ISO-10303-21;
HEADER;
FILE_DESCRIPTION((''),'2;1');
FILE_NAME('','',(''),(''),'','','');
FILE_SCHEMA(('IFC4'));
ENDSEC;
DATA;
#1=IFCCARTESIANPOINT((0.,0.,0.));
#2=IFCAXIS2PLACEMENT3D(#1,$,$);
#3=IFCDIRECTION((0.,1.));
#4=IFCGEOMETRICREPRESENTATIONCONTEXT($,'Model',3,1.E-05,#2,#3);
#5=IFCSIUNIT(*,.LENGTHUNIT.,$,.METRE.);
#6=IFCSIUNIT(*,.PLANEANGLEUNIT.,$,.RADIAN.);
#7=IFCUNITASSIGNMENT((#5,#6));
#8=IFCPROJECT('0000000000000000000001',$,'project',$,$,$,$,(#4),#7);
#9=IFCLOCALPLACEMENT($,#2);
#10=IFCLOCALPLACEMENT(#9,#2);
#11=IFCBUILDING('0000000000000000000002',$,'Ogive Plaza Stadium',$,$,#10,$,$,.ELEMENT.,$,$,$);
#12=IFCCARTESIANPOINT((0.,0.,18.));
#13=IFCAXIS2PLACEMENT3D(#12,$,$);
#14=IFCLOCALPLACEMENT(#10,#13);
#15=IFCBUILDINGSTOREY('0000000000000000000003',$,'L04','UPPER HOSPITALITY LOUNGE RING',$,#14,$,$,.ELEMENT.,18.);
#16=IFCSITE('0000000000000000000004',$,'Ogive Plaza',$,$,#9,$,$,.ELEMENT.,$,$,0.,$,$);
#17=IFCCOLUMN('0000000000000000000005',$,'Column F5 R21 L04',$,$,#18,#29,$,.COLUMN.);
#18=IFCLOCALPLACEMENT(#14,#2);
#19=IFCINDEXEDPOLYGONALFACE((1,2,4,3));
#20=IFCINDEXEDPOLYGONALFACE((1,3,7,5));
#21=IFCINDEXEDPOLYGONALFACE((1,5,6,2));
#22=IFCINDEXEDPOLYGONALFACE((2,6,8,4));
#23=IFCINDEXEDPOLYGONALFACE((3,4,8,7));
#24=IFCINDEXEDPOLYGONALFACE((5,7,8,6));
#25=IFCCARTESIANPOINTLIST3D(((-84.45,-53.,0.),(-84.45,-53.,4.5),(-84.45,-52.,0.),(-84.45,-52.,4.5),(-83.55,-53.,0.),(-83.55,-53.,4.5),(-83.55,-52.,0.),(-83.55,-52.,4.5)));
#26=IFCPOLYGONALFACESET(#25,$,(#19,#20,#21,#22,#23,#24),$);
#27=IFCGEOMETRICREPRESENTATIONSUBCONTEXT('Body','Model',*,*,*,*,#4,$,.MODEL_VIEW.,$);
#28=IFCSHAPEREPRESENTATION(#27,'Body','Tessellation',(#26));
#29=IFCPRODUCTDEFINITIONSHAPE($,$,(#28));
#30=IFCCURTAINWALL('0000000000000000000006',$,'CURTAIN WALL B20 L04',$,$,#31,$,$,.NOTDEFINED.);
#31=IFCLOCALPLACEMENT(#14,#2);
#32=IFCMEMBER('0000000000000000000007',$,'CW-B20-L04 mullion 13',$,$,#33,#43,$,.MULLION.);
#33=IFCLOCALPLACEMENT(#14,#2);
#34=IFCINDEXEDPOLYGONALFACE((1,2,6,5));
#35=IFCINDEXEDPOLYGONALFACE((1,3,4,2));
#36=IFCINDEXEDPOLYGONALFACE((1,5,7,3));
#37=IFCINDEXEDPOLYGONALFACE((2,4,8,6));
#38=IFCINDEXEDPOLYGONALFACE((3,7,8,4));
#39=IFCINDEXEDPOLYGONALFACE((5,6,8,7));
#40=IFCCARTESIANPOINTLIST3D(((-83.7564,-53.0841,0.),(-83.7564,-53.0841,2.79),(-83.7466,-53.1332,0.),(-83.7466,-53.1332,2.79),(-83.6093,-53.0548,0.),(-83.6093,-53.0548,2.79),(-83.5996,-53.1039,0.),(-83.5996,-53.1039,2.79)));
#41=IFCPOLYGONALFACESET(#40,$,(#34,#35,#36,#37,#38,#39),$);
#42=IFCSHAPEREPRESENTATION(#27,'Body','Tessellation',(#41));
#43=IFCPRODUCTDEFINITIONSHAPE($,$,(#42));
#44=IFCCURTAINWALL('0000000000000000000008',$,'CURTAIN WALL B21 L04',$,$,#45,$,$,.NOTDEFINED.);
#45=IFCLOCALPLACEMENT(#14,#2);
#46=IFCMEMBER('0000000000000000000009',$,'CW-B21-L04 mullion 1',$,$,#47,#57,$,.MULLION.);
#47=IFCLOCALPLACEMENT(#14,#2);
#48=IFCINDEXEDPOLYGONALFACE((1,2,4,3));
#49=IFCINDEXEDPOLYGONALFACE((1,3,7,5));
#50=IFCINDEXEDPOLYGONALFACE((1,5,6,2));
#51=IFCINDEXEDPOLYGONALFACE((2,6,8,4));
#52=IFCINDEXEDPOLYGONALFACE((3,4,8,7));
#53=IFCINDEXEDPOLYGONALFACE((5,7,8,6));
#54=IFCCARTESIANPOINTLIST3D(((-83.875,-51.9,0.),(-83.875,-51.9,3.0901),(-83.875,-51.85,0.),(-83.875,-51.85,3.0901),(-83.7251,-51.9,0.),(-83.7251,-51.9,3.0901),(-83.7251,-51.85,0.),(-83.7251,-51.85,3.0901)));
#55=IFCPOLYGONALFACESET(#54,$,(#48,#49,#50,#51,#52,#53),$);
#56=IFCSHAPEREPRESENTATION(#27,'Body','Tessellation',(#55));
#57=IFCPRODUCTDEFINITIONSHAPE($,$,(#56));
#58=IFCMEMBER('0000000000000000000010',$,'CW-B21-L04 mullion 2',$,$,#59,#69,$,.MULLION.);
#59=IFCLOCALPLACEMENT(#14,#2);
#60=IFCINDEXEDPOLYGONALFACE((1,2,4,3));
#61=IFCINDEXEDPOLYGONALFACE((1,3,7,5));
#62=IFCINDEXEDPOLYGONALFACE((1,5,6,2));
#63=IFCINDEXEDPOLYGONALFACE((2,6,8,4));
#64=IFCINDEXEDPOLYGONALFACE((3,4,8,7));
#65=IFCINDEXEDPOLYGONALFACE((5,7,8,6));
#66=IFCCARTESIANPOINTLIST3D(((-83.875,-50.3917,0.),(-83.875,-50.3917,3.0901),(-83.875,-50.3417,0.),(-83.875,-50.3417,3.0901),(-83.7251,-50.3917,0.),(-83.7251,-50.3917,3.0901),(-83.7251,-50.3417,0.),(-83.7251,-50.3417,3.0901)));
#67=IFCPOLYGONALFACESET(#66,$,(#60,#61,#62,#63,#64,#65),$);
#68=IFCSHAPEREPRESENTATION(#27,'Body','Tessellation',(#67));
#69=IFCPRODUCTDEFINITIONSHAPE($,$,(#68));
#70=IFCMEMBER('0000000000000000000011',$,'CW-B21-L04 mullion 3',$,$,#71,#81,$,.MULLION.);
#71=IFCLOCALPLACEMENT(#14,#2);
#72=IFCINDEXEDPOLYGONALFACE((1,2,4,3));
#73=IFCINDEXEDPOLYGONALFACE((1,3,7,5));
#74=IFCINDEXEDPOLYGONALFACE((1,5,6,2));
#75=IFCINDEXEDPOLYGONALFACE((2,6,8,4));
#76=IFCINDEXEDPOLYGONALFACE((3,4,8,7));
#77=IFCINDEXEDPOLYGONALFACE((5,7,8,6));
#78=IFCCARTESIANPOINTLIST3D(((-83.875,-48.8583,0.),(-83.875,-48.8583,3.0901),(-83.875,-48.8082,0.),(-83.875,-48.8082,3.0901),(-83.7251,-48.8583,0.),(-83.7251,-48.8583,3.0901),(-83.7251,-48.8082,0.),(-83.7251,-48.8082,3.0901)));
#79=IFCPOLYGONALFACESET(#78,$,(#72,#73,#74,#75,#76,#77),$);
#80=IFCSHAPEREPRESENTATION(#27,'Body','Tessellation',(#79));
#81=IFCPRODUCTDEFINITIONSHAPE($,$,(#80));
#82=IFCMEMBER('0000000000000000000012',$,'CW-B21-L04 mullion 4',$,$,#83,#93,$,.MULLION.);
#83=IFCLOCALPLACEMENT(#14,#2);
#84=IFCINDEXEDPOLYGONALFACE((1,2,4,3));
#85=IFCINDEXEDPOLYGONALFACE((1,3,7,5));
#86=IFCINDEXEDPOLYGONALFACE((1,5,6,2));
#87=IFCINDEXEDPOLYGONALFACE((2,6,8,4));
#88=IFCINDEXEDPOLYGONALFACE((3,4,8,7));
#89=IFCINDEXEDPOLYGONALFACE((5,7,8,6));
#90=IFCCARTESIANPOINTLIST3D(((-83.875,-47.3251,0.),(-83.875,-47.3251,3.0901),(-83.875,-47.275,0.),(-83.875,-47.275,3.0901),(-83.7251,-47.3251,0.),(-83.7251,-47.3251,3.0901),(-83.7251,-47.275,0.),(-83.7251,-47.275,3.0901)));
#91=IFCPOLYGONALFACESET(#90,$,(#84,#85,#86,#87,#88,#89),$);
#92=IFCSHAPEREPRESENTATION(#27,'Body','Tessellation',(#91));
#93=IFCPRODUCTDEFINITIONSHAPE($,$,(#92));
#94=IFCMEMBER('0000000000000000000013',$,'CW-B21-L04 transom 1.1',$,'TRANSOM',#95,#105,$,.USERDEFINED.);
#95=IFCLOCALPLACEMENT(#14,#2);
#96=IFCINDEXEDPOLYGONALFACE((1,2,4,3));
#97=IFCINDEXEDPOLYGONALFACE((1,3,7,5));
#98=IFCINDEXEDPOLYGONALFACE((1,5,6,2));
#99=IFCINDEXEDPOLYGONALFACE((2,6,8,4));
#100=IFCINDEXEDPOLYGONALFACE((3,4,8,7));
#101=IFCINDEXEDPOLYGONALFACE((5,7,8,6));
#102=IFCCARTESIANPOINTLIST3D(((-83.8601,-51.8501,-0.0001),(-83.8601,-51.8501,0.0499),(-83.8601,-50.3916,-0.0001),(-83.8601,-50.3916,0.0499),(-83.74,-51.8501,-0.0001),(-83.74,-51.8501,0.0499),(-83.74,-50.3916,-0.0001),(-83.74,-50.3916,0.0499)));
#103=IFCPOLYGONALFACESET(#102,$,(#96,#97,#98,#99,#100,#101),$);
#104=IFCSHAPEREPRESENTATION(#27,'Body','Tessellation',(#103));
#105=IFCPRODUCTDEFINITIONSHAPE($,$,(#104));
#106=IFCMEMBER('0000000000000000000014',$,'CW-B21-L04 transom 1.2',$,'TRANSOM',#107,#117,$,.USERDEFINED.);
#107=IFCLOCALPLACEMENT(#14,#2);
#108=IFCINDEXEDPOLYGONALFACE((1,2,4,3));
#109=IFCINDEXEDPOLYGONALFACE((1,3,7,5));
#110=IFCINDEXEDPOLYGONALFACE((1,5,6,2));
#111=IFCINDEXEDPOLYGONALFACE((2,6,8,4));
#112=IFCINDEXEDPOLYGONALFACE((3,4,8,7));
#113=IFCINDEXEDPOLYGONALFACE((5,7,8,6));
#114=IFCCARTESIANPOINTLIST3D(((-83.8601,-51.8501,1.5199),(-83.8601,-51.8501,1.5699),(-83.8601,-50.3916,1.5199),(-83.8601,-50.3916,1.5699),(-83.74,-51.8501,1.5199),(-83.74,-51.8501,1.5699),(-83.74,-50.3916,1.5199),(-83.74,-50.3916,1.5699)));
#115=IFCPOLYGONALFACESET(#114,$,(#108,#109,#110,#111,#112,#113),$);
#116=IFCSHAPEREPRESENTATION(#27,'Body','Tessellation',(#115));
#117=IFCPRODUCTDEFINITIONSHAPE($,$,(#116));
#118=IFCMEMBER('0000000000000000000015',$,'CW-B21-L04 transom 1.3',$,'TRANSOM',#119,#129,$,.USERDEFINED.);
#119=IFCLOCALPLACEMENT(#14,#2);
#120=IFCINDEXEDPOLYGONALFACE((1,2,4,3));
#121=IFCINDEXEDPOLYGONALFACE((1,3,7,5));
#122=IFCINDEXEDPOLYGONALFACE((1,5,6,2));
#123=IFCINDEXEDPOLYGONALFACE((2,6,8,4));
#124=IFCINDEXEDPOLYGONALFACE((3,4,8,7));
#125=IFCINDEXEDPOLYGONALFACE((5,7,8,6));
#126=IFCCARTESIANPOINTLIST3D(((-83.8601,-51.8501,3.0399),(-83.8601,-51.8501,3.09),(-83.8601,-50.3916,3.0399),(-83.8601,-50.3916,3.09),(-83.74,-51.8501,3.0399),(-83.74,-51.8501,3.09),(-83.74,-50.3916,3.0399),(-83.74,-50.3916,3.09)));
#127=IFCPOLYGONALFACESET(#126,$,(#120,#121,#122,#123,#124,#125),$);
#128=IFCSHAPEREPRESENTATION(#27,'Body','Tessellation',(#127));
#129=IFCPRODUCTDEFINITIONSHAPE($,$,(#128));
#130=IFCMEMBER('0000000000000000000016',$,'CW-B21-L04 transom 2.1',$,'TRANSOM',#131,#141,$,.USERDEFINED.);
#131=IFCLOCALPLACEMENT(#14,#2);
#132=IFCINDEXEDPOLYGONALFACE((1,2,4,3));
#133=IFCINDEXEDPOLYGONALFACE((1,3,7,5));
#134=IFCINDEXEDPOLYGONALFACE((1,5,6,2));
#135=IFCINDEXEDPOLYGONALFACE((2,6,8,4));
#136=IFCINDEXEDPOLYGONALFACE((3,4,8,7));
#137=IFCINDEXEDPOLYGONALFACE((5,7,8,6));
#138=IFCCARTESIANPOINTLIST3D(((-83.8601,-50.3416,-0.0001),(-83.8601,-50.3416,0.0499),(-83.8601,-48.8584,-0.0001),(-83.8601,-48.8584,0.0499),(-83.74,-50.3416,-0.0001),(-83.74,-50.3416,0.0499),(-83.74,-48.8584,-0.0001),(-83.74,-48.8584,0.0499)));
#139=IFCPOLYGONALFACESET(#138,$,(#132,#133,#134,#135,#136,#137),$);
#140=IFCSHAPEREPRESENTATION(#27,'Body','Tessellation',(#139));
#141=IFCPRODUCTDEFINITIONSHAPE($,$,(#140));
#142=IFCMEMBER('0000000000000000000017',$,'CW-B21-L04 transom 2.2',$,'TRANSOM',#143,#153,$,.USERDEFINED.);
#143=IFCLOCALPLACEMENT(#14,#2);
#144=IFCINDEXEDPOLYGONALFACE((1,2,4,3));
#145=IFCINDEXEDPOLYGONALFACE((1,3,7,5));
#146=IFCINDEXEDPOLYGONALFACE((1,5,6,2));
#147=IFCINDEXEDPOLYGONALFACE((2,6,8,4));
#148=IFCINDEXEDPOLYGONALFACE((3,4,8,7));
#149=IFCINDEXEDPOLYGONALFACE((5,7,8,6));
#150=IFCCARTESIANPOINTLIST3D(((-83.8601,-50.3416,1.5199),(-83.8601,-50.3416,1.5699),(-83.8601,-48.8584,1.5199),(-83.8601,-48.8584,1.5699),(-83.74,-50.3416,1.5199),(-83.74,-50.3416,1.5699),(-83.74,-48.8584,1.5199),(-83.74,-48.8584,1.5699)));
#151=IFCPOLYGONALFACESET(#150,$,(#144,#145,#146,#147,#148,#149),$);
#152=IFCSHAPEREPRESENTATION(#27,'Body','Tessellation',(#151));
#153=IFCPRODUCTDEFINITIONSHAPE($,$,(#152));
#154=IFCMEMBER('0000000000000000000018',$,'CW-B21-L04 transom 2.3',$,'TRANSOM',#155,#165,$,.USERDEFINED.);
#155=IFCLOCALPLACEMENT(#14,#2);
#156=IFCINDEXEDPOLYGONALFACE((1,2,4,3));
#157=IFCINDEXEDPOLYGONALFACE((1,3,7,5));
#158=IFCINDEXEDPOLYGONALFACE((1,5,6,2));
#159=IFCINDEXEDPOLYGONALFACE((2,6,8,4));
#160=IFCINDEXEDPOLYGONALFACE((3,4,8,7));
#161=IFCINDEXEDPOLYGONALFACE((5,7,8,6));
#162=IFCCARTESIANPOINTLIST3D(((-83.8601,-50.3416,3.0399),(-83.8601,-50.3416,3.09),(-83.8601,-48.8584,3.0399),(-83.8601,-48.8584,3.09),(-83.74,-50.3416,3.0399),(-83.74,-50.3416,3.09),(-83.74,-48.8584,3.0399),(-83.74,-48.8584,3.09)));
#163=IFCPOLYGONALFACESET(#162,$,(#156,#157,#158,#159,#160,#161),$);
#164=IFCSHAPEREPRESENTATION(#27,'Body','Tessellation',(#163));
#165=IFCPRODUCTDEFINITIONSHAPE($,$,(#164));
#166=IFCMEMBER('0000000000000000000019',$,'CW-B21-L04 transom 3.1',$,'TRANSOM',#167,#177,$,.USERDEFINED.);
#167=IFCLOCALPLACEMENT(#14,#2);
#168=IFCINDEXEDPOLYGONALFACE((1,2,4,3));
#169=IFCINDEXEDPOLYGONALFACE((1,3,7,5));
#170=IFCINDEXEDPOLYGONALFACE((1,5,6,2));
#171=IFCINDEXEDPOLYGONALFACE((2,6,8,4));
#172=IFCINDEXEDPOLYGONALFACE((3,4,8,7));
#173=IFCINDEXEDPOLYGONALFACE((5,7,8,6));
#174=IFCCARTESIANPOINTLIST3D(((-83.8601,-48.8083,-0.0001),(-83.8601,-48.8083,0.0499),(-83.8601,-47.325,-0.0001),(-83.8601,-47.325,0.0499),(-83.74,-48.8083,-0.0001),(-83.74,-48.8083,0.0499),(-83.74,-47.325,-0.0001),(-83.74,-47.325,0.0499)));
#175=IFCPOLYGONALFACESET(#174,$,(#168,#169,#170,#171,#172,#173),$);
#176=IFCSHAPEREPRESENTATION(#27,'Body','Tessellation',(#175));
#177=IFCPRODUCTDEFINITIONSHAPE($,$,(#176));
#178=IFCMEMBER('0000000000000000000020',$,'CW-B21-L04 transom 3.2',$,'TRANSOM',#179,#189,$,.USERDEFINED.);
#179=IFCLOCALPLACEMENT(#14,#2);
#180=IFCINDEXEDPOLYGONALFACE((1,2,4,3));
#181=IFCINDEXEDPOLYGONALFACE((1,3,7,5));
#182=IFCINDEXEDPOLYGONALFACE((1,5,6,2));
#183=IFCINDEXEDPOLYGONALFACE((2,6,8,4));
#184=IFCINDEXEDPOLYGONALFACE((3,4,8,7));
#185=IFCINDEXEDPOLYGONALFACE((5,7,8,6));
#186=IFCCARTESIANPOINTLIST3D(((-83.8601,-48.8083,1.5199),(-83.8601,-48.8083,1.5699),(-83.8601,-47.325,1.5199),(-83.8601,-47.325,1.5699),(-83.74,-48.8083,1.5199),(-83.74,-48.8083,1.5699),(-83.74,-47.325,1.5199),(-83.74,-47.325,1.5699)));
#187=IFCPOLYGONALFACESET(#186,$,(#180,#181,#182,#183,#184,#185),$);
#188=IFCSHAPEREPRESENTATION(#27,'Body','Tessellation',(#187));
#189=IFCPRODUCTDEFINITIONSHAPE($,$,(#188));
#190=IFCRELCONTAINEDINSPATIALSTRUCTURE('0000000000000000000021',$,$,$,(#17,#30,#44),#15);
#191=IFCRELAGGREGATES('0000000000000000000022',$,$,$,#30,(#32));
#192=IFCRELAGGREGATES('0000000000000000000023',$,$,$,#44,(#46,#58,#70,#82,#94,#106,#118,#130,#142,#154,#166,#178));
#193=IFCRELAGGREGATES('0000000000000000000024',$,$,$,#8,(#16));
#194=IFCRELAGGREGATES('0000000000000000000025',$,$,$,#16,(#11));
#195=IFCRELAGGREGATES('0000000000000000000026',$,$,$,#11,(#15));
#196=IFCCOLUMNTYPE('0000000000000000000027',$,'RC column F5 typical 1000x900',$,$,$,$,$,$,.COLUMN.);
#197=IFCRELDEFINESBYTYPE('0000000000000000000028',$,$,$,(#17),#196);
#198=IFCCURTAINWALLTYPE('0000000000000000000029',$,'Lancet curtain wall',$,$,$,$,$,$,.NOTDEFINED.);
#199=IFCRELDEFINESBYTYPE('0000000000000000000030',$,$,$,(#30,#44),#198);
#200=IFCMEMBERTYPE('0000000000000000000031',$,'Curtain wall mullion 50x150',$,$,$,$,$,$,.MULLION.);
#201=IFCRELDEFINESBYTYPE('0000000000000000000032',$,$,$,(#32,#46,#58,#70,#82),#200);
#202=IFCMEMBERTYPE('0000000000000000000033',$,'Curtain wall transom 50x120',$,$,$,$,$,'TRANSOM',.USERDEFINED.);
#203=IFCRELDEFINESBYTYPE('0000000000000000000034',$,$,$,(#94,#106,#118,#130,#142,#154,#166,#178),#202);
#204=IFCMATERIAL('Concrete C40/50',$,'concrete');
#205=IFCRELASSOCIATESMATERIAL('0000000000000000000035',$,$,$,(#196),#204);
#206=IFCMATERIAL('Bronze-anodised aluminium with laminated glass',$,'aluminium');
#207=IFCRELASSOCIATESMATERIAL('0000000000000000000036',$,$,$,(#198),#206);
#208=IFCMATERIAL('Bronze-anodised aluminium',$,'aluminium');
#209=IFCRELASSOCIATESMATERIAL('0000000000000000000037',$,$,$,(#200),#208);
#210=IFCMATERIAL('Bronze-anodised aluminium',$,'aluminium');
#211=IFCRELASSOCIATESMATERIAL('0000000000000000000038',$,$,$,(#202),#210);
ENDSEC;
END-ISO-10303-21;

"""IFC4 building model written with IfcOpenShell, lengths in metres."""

from ifc_helpers import new_model, si_unit, direction, frame, origin, origin_2d, place, context, subcontext, project, spatial, rectangle, extrude, material, material_profile, profile_set, type_object, element, aggregate, save


model = new_model("IFC4")

# Units and contexts
model_context = context("Model", 3, precision=1e-05, world=origin(), true_north=direction((0.0, 1.0)))
body_context = subcontext(model_context, "Body", "Model", "MODEL_VIEW")
ifc_project = project(units=[si_unit("LENGTHUNIT", "METRE"), si_unit("PLANEANGLEUNIT", "RADIAN")], contexts=[model_context])

# Site, building, storey
site_placement = place(None, origin())
site = spatial("IfcSite", under=ifc_project, at=site_placement, Name="Ogive Plaza", CompositionType="ELEMENT", RefElevation=0.0)
building_placement = place(site_placement, origin())
building = spatial("IfcBuilding", under=site, at=building_placement, Name="Ogive Plaza Stadium", CompositionType="ELEMENT")
storey_placement = place(building_placement, frame((0.0, 0.0, 18.0)))
storey = spatial("IfcBuildingStorey", under=building, at=storey_placement, Name="L04", Description="UPPER HOSPITALITY LOUNGE RING", CompositionType="ELEMENT", Elevation=18.0)

# Column
ifc_material_1 = material(Name="Concrete C40/50", Category="concrete")
ifc_material_profile_1 = material_profile(ifc_material_1, rectangle(XDim=1.0, YDim=0.8999, at=origin_2d()), Name="RC 1000x900")
ifc_profile_set_1 = profile_set([ifc_material_profile_1], Name="Concrete C40/50")
column_type = type_object("IfcColumnType", Name="RC column F5 typical 1000x900", PredefinedType="COLUMN", material=ifc_profile_set_1)
column_placement = place(storey_placement, frame((-84.0, -52.5, 0.0), z_axis=(0.0, 0.0, 1.0), x_axis=(0.0, -1.0, 0.0)))
element("IfcColumn", 1, at=column_placement, inside=storey, type_object=column_type, Name="Column F5 R21 L04", PredefinedType="COLUMN", context=body_context, shape_type="SweptSolid", body=[
    extrude(rectangle(XDim=1.0, YDim=0.8999, at=origin_2d()), origin(), (0.0, 0.0, 1.0), 4.5),
])

# Curtain wall, member
ifc_material_2 = material(Name="Bronze-anodised aluminium with laminated glass", Category="aluminium")
curtain_wall_type = type_object("IfcCurtainWallType", Name="Lancet curtain wall", PredefinedType="NOTDEFINED", material=ifc_material_2)
curtain_wall_1_placement = place(storey_placement, origin())
curtain_wall_1 = element("IfcCurtainWall", 2, at=curtain_wall_1_placement, inside=storey, type_object=curtain_wall_type, Name="CURTAIN WALL B20 L04", PredefinedType="NOTDEFINED")
ifc_material_3 = material(Name="Bronze-anodised aluminium", Category="aluminium")
ifc_material_profile_2 = material_profile(ifc_material_3, rectangle(XDim=0.1499, YDim=0.05, at=origin_2d()), Name="AL 150x50")
ifc_profile_set_2 = profile_set([ifc_material_profile_2], Name="Bronze-anodised aluminium")
member_type_1 = type_object("IfcMemberType", Name="Curtain wall mullion 50x150", PredefinedType="MULLION", material=ifc_profile_set_2)
member_1_placement = place(storey_placement, frame((-83.678, -53.094, 0.0), z_axis=(0.0, 0.0, 1.0), x_axis=(-0.980785, -0.19509, 0.0)))
member_1 = element("IfcMember", 3, at=member_1_placement, type_object=member_type_1, Name="CW-B20-L04 mullion 13", PredefinedType="MULLION", context=body_context, shape_type="SweptSolid", body=[
    extrude(rectangle(XDim=0.1499, YDim=0.05, at=origin_2d()), origin(), (0.0, 0.0, 1.0), 2.79),
])

# Curtain wall, members
curtain_wall_2_placement = place(storey_placement, origin())
curtain_wall_2 = element("IfcCurtainWall", 4, at=curtain_wall_2_placement, inside=storey, type_object=curtain_wall_type, Name="CURTAIN WALL B21 L04", PredefinedType="NOTDEFINED")
member_2_placement = place(storey_placement, frame((-83.8, -51.875, 0.0), z_axis=(0.0, 0.0, 1.0), x_axis=(-1.0, 0.0, 0.0)))
member_2 = element("IfcMember", 5, at=member_2_placement, type_object=member_type_1, Name="CW-B21-L04 mullion 1", PredefinedType="MULLION", context=body_context, shape_type="SweptSolid", body=[
    extrude(rectangle(XDim=0.1499, YDim=0.05, at=origin_2d()), origin(), (0.0, 0.0, 1.0), 3.0901),
])
member_3_placement = place(storey_placement, frame((-83.8, -50.3667, 0.0), z_axis=(0.0, 0.0, 1.0), x_axis=(-1.0, 0.0, 0.0)))
member_3 = element("IfcMember", 6, at=member_3_placement, type_object=member_type_1, Name="CW-B21-L04 mullion 2", PredefinedType="MULLION", context=body_context, shape_type="SweptSolid", body=[
    extrude(rectangle(XDim=0.1499, YDim=0.05, at=origin_2d()), origin(), (0.0, 0.0, 1.0), 3.0901),
])
member_4_placement = place(storey_placement, frame((-83.8, -48.8333, 0.0), z_axis=(0.0, 0.0, 1.0), x_axis=(-1.0, 0.0, 0.0)))
member_4 = element("IfcMember", 7, at=member_4_placement, type_object=member_type_1, Name="CW-B21-L04 mullion 3", PredefinedType="MULLION", context=body_context, shape_type="SweptSolid", body=[
    extrude(rectangle(XDim=0.1499, YDim=0.05, at=origin_2d()), origin(), (0.0, 0.0, 1.0), 3.0901),
])
member_5_placement = place(storey_placement, frame((-83.8, -47.3, 0.0), z_axis=(0.0, 0.0, 1.0), x_axis=(-1.0, 0.0, 0.0)))
member_5 = element("IfcMember", 8, at=member_5_placement, type_object=member_type_1, Name="CW-B21-L04 mullion 4", PredefinedType="MULLION", context=body_context, shape_type="SweptSolid", body=[
    extrude(rectangle(XDim=0.1499, YDim=0.05, at=origin_2d()), origin(), (0.0, 0.0, 1.0), 3.0901),
])
ifc_material_4 = material(Name="Bronze-anodised aluminium", Category="aluminium")
ifc_material_profile_3 = material_profile(ifc_material_4, rectangle(XDim=0.1201, YDim=0.05, at=origin_2d()), Name="AL 120x50")
ifc_profile_set_3 = profile_set([ifc_material_profile_3], Name="Bronze-anodised aluminium")
member_type_2 = type_object("IfcMemberType", Name="Curtain wall transom 50x120", ElementType="TRANSOM", PredefinedType="USERDEFINED", material=ifc_profile_set_3)
member_6_placement = place(storey_placement, frame((-83.8, -51.8501, 0.0249), z_axis=(0.0, 1.0, 0.0), x_axis=(-1.0, 0.0, 0.0)))
member_6 = element("IfcMember", 9, at=member_6_placement, type_object=member_type_2, Name="CW-B21-L04 transom 1.1", ObjectType="TRANSOM", PredefinedType="USERDEFINED", context=body_context, shape_type="SweptSolid", body=[
    extrude(rectangle(XDim=0.1201, YDim=0.05, at=origin_2d()), origin(), (0.0, 0.0, 1.0), 1.4585),
])
member_7_placement = place(storey_placement, frame((-83.8, -51.8501, 1.5449), z_axis=(0.0, 1.0, 0.0), x_axis=(-1.0, 0.0, 0.0)))
member_7 = element("IfcMember", 10, at=member_7_placement, type_object=member_type_2, Name="CW-B21-L04 transom 1.2", ObjectType="TRANSOM", PredefinedType="USERDEFINED", context=body_context, shape_type="SweptSolid", body=[
    extrude(rectangle(XDim=0.1201, YDim=0.05, at=origin_2d()), origin(), (0.0, 0.0, 1.0), 1.4585),
])
member_8_placement = place(storey_placement, frame((-83.8, -51.8501, 3.0649), z_axis=(0.0, 1.0, 0.0), x_axis=(-1.0, 0.0, 0.0)))
member_8 = element("IfcMember", 11, at=member_8_placement, type_object=member_type_2, Name="CW-B21-L04 transom 1.3", ObjectType="TRANSOM", PredefinedType="USERDEFINED", context=body_context, shape_type="SweptSolid", body=[
    extrude(rectangle(XDim=0.1201, YDim=0.05, at=origin_2d()), origin(), (0.0, 0.0, 1.0), 1.4585),
])
member_9_placement = place(storey_placement, frame((-83.8, -50.3416, 0.0249), z_axis=(0.0, 1.0, 0.0), x_axis=(-1.0, 0.0, 0.0)))
member_9 = element("IfcMember", 12, at=member_9_placement, type_object=member_type_2, Name="CW-B21-L04 transom 2.1", ObjectType="TRANSOM", PredefinedType="USERDEFINED", context=body_context, shape_type="SweptSolid", body=[
    extrude(rectangle(XDim=0.1201, YDim=0.05, at=origin_2d()), origin(), (0.0, 0.0, 1.0), 1.4832),
])
member_10_placement = place(storey_placement, frame((-83.8, -50.3416, 1.5449), z_axis=(0.0, 1.0, 0.0), x_axis=(-1.0, 0.0, 0.0)))
member_10 = element("IfcMember", 13, at=member_10_placement, type_object=member_type_2, Name="CW-B21-L04 transom 2.2", ObjectType="TRANSOM", PredefinedType="USERDEFINED", context=body_context, shape_type="SweptSolid", body=[
    extrude(rectangle(XDim=0.1201, YDim=0.05, at=origin_2d()), origin(), (0.0, 0.0, 1.0), 1.4832),
])
member_11_placement = place(storey_placement, frame((-83.8, -50.3416, 3.0649), z_axis=(0.0, 1.0, 0.0), x_axis=(-1.0, 0.0, 0.0)))
member_11 = element("IfcMember", 14, at=member_11_placement, type_object=member_type_2, Name="CW-B21-L04 transom 2.3", ObjectType="TRANSOM", PredefinedType="USERDEFINED", context=body_context, shape_type="SweptSolid", body=[
    extrude(rectangle(XDim=0.1201, YDim=0.05, at=origin_2d()), origin(), (0.0, 0.0, 1.0), 1.4832),
])
member_12_placement = place(storey_placement, frame((-83.8, -48.8083, 0.0249), z_axis=(0.0, 1.0, 0.0), x_axis=(-1.0, 0.0, 0.0)))
member_12 = element("IfcMember", 15, at=member_12_placement, type_object=member_type_2, Name="CW-B21-L04 transom 3.1", ObjectType="TRANSOM", PredefinedType="USERDEFINED", context=body_context, shape_type="SweptSolid", body=[
    extrude(rectangle(XDim=0.1201, YDim=0.05, at=origin_2d()), origin(), (0.0, 0.0, 1.0), 1.4834),
])
member_13_placement = place(storey_placement, frame((-83.8, -48.8083, 1.5449), z_axis=(0.0, 1.0, 0.0), x_axis=(-1.0, 0.0, 0.0)))
member_13 = element("IfcMember", 16, at=member_13_placement, type_object=member_type_2, Name="CW-B21-L04 transom 3.2", ObjectType="TRANSOM", PredefinedType="USERDEFINED", context=body_context, shape_type="SweptSolid", body=[
    extrude(rectangle(XDim=0.1201, YDim=0.05, at=origin_2d()), origin(), (0.0, 0.0, 1.0), 1.4834),
])

aggregate(curtain_wall_1, [member_1])
aggregate(curtain_wall_2, [member_2, member_3, member_4, member_5, member_6, member_7, member_8, member_9, member_10, member_11, member_12, member_13])

save(model, "model.ifc")
